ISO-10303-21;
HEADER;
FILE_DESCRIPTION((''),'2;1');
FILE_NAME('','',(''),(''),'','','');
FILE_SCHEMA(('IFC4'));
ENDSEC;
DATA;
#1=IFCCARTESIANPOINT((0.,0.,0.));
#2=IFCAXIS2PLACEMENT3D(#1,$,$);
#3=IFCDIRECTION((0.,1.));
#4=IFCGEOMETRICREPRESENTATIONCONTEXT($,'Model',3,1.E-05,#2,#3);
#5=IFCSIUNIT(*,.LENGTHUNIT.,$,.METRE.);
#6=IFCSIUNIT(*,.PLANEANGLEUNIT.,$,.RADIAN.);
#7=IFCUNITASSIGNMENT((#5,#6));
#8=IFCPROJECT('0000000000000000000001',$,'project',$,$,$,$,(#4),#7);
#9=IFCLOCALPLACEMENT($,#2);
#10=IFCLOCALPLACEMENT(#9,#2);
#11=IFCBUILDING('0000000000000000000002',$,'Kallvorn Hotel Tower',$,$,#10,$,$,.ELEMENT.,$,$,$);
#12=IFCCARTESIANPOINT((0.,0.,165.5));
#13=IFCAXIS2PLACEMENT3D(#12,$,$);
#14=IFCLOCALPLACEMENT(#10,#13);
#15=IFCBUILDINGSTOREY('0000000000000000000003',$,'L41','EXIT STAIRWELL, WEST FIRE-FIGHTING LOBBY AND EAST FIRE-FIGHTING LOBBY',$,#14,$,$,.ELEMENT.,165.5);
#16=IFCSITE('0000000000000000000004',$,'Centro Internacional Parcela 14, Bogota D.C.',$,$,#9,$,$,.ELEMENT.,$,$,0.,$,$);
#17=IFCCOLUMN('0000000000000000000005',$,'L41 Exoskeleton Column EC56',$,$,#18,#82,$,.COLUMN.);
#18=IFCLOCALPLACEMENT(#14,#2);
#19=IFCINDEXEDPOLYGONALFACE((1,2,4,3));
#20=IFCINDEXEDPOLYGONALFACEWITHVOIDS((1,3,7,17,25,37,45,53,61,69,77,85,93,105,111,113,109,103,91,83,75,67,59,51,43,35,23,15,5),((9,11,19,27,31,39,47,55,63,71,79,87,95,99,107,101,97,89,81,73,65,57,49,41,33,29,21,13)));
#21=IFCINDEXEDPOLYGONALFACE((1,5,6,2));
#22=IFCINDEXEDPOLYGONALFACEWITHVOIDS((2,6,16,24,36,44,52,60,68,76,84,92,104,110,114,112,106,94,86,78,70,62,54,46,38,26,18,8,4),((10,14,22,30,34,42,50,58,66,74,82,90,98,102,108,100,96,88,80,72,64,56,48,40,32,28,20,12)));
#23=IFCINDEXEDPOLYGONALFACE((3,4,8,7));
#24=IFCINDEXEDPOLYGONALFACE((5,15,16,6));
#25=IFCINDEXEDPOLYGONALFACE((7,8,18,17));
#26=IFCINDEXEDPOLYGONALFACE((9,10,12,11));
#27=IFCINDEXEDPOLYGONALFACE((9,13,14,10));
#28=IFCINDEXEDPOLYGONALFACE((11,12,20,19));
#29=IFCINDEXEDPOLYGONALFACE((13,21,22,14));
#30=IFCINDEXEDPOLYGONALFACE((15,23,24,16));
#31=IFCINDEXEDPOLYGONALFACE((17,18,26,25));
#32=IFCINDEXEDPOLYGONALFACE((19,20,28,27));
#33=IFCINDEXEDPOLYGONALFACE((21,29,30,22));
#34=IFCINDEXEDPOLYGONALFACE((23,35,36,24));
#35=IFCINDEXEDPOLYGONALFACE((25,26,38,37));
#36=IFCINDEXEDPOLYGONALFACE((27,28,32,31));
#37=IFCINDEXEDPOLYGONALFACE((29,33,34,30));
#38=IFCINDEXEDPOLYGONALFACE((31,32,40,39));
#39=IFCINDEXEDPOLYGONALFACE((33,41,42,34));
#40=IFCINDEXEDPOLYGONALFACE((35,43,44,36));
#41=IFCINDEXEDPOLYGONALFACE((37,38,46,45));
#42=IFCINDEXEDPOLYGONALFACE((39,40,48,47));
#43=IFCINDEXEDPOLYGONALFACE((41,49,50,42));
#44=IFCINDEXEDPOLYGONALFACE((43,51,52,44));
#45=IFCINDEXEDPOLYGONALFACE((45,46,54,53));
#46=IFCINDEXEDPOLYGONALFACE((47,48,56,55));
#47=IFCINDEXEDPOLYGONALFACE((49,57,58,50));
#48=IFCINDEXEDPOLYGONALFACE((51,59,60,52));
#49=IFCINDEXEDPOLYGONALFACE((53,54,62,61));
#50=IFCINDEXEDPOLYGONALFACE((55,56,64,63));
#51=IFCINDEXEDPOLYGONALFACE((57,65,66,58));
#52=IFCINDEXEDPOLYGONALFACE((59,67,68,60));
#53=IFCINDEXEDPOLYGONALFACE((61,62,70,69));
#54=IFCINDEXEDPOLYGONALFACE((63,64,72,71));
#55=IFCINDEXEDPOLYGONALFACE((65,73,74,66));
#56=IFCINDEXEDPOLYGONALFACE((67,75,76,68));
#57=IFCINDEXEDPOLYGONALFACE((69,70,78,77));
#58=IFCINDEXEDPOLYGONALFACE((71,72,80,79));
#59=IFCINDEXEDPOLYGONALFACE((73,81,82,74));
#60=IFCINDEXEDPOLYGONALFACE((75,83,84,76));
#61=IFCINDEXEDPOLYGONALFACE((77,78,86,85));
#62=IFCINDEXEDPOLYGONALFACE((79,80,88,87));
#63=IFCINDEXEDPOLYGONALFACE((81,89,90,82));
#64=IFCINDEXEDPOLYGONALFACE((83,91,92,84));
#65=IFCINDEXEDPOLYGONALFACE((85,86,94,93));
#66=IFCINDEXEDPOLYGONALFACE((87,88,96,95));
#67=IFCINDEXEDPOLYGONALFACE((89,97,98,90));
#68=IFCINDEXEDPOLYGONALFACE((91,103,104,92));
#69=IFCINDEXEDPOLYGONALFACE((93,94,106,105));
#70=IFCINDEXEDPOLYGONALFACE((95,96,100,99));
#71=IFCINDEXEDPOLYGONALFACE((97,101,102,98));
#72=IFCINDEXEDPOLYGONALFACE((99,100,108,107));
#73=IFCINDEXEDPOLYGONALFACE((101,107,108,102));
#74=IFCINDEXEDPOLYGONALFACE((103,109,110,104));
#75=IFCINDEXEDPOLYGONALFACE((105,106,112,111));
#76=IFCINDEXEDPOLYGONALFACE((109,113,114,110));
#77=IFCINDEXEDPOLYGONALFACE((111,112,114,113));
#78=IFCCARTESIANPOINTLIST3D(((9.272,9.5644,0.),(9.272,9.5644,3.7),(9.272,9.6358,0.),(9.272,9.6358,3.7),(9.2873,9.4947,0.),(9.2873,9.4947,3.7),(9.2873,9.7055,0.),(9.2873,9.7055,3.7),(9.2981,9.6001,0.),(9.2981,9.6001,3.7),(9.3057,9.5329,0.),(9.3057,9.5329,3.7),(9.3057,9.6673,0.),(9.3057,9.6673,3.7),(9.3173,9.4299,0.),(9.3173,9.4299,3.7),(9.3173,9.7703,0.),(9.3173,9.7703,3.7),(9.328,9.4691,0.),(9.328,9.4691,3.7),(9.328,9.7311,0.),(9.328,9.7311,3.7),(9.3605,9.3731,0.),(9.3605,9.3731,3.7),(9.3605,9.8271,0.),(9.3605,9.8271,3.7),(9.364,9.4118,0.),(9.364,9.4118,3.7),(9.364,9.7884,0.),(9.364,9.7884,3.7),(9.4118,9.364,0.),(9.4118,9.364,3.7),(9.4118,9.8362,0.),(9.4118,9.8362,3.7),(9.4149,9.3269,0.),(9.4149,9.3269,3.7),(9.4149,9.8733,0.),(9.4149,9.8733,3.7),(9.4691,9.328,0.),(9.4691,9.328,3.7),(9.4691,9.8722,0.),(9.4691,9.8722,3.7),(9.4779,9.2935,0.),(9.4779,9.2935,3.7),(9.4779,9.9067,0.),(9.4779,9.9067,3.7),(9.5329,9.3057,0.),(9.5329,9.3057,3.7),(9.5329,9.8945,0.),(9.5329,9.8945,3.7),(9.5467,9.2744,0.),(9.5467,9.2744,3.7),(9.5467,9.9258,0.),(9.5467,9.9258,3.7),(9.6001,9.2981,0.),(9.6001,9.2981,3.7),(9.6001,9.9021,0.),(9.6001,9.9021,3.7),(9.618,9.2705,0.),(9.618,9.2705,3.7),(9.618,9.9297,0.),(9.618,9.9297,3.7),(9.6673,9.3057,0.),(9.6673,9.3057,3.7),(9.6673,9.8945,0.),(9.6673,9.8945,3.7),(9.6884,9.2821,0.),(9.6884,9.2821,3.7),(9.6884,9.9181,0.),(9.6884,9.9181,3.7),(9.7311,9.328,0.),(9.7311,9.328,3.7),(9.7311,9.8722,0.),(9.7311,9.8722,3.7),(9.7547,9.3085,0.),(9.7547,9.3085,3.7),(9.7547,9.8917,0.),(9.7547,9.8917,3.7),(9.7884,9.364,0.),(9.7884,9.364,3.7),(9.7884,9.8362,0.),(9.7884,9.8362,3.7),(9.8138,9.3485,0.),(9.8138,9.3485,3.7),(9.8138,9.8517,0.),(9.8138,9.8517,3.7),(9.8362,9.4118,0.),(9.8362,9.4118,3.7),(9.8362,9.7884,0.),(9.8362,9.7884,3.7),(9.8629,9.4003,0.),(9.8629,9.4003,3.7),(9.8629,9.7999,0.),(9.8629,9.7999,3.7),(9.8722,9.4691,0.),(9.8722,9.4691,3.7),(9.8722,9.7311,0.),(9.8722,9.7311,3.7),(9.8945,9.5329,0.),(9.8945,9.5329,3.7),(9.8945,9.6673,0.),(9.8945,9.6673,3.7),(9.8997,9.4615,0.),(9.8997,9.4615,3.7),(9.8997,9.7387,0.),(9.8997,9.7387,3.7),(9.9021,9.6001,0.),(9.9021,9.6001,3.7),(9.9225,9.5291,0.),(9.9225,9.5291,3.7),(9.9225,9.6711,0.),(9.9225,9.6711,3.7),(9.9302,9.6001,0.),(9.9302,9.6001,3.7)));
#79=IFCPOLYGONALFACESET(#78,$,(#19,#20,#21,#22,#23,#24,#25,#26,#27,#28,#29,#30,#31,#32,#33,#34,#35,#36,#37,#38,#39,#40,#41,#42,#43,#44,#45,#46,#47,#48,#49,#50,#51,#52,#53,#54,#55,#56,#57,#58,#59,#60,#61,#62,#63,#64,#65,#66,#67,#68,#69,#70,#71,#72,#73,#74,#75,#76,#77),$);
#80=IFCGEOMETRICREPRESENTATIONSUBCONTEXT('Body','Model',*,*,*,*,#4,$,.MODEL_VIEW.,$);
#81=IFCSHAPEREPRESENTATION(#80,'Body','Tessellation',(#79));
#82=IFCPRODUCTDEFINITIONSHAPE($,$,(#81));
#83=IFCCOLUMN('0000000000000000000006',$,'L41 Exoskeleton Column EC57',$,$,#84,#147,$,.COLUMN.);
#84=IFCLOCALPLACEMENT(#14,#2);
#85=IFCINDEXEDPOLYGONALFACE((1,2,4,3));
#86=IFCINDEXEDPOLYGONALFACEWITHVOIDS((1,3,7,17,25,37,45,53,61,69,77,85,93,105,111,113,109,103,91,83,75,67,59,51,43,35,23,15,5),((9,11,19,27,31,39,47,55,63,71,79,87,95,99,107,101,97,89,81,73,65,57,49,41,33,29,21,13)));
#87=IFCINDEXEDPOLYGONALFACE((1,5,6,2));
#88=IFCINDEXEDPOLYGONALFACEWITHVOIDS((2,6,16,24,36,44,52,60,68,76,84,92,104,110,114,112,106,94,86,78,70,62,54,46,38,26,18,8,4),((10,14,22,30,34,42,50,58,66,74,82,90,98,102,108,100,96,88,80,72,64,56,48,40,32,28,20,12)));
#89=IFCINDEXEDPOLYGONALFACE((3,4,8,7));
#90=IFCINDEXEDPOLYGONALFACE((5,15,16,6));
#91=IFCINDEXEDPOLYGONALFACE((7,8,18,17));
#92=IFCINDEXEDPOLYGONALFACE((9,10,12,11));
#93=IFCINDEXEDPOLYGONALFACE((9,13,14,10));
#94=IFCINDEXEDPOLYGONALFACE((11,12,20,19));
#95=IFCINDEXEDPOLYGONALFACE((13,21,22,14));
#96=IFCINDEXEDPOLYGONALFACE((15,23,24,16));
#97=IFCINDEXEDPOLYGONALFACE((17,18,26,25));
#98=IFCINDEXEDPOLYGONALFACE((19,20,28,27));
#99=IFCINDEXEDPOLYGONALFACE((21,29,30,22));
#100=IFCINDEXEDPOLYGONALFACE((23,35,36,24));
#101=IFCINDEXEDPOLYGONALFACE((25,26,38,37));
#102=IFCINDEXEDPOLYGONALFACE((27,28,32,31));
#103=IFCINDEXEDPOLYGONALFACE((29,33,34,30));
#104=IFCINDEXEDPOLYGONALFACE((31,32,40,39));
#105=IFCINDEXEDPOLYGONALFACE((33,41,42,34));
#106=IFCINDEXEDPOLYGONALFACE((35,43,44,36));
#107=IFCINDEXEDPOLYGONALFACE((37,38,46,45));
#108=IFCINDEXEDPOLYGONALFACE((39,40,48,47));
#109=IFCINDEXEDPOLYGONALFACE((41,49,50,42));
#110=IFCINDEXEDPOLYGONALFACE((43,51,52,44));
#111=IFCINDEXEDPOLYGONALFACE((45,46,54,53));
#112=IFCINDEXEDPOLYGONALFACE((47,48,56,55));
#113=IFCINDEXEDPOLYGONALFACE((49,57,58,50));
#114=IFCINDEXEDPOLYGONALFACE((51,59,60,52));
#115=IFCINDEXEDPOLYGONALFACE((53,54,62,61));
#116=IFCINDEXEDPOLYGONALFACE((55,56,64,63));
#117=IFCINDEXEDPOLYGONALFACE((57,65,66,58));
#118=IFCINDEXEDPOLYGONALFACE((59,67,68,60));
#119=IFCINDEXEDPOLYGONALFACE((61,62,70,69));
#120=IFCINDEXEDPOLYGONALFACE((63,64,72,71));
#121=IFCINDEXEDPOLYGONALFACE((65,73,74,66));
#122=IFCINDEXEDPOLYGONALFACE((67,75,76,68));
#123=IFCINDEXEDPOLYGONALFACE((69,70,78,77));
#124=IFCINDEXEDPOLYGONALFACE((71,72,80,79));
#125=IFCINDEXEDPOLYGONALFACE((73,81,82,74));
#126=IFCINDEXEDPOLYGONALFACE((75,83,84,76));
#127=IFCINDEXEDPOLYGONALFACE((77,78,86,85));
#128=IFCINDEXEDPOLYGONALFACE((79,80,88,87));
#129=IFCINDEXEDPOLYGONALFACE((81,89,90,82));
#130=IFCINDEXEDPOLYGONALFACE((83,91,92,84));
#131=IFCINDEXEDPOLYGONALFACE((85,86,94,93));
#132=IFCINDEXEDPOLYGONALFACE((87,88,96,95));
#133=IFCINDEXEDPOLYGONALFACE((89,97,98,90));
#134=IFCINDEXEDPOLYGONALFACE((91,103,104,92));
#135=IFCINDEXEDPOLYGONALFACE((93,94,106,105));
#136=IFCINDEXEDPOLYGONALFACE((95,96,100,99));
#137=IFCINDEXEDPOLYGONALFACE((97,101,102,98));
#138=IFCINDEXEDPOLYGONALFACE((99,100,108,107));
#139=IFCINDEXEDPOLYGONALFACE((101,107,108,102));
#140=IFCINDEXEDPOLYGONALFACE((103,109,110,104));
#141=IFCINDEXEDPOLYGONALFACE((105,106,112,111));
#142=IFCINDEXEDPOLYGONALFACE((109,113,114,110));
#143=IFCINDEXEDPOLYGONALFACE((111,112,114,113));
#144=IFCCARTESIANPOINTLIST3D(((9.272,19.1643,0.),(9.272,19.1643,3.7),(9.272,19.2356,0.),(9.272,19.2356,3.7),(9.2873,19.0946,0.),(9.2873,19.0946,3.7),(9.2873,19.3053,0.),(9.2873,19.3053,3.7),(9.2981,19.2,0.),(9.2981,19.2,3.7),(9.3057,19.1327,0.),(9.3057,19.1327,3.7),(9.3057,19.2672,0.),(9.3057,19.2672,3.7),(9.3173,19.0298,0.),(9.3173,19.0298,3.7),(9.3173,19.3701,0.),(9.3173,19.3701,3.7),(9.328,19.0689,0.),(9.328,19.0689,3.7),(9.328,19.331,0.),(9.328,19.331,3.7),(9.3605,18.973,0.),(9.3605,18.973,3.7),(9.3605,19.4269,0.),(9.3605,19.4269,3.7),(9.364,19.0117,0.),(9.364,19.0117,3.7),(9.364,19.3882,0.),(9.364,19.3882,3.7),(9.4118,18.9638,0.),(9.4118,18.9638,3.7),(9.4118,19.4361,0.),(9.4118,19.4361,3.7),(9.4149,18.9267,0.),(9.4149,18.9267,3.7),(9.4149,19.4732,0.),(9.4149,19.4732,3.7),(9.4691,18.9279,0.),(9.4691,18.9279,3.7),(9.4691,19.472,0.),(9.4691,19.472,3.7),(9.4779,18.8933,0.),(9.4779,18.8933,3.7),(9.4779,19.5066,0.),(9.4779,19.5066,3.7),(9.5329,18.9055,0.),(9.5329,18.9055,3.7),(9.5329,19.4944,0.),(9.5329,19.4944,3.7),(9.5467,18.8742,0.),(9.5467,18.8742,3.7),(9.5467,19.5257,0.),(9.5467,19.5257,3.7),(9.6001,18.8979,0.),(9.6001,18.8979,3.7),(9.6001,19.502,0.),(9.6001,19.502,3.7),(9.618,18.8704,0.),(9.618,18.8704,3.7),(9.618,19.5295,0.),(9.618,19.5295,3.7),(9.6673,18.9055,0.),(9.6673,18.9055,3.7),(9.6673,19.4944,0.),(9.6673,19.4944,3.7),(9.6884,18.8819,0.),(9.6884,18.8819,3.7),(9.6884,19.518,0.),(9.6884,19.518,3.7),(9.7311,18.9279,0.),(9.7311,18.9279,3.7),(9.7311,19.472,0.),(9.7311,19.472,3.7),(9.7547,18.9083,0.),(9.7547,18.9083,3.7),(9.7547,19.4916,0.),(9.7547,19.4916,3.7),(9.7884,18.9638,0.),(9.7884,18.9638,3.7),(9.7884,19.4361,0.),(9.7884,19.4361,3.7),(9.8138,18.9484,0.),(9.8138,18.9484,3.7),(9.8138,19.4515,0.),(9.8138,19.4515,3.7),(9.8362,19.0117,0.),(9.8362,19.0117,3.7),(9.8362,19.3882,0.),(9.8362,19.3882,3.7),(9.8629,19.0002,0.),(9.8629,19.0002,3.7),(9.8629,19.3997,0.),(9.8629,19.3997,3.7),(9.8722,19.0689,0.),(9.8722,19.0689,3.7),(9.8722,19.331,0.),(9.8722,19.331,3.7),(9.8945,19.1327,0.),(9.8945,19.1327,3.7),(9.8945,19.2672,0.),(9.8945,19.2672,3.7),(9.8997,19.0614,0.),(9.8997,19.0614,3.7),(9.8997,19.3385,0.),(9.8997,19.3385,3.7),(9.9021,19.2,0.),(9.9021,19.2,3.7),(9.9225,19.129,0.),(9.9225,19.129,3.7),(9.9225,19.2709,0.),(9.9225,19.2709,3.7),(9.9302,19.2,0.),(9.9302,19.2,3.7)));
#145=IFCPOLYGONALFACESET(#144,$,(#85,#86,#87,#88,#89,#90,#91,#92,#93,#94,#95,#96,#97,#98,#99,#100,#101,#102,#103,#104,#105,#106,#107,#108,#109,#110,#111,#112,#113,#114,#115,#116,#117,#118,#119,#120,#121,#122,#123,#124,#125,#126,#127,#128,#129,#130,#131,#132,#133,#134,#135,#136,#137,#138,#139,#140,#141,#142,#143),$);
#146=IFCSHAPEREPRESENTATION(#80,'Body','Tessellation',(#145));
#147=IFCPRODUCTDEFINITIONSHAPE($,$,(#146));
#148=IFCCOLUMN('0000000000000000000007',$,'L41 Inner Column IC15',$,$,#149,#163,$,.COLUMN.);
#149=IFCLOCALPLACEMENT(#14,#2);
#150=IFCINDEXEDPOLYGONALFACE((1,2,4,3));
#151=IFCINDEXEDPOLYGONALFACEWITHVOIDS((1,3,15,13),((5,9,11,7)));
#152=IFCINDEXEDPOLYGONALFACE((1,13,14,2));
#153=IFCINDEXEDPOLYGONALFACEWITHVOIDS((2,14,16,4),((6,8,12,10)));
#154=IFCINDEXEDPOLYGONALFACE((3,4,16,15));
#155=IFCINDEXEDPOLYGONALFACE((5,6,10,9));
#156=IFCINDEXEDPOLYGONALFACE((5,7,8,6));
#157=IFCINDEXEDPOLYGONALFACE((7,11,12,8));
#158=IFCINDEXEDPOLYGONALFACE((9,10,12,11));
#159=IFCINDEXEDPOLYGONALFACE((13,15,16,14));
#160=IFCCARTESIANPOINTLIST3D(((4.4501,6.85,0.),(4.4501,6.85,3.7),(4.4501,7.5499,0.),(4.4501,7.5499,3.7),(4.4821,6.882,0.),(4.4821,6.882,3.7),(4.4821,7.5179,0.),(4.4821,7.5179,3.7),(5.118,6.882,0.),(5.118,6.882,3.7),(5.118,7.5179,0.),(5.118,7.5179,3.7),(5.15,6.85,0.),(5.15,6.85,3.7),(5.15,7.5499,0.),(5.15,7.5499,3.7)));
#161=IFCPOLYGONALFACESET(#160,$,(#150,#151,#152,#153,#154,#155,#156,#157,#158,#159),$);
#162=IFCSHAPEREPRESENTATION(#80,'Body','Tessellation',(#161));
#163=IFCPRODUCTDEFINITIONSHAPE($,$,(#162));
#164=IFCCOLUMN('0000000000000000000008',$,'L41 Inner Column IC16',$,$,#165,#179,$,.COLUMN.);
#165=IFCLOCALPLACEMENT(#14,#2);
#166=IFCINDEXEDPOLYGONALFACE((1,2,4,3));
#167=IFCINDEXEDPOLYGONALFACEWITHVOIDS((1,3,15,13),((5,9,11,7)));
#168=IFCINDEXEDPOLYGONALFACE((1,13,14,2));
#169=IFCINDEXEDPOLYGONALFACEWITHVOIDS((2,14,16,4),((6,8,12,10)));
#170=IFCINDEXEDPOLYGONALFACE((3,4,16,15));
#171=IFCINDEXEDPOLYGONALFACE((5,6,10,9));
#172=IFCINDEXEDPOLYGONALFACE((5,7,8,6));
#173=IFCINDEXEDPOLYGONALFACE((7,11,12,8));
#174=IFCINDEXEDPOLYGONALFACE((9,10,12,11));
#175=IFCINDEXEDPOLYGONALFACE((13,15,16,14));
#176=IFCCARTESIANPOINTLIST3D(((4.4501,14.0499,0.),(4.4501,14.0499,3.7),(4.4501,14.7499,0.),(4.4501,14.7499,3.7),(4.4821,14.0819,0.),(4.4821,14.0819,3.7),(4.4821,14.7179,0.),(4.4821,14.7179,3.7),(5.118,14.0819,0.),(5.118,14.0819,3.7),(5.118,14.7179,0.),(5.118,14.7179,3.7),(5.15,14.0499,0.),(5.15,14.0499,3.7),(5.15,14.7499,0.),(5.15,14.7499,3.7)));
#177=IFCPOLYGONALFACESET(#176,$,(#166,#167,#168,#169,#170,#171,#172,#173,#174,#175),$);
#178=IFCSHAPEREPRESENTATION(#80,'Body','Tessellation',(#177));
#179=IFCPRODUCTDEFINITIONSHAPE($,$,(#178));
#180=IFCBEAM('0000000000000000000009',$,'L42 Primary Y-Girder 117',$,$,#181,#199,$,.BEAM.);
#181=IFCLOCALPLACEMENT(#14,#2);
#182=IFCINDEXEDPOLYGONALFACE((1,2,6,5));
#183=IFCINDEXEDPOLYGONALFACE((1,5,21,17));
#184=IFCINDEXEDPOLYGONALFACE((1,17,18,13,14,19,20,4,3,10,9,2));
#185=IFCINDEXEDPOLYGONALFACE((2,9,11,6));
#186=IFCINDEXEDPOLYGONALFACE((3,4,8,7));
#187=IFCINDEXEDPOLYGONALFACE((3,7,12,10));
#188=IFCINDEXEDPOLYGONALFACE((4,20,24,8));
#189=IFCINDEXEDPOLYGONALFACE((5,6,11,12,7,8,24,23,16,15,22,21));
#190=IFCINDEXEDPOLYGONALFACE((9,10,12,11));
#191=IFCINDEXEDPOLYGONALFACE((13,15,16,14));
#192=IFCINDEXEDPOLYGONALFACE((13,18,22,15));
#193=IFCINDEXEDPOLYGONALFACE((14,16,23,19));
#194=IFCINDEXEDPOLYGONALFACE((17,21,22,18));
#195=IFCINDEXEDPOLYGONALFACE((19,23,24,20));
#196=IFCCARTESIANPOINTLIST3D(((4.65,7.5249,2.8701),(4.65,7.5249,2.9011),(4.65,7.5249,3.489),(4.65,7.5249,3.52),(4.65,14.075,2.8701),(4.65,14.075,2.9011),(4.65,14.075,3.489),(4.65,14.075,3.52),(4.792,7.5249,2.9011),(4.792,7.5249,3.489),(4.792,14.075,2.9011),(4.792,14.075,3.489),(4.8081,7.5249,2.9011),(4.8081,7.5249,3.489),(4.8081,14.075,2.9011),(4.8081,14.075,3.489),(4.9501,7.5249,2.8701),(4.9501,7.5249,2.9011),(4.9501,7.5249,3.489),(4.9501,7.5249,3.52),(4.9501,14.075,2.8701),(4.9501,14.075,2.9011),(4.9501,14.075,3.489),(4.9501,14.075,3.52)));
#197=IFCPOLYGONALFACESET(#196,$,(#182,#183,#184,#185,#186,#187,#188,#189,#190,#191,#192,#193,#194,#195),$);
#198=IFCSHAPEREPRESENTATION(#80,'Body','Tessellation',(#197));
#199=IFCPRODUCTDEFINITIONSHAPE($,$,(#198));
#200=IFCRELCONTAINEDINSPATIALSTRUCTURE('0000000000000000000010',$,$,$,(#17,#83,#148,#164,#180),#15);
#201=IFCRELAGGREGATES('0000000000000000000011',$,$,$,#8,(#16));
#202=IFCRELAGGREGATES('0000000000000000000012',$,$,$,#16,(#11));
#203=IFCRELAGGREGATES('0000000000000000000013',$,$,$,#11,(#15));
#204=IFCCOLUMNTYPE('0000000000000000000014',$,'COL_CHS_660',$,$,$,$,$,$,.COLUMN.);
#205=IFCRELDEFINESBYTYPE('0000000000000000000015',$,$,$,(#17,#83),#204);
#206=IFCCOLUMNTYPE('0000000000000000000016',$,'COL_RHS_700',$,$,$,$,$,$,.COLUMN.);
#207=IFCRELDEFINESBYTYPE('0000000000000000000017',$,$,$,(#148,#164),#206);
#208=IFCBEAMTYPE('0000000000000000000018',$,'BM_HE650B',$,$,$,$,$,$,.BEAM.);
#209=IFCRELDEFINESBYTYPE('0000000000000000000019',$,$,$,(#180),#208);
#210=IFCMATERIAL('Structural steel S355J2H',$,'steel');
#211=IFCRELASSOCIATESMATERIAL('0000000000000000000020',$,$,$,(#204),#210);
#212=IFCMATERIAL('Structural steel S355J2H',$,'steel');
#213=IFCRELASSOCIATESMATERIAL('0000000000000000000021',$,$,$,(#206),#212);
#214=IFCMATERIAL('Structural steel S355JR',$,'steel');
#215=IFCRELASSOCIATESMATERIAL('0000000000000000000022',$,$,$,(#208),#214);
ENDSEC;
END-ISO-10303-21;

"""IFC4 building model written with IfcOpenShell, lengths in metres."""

from ifc_helpers import new_model, si_unit, direction, frame, origin, origin_2d, place, context, subcontext, project, spatial, hollow_rectangle, hollow_circle, i_section, extrude, material, material_profile, profile_set, type_object, element, save


model = new_model("IFC4")

# Units and contexts
model_context = context("Model", 3, precision=1e-05, world=origin(), true_north=direction((0.0, 1.0)))
body_context = subcontext(model_context, "Body", "Model", "MODEL_VIEW")
ifc_project = project(units=[si_unit("LENGTHUNIT", "METRE"), si_unit("PLANEANGLEUNIT", "RADIAN")], contexts=[model_context])

# Site, building, storey
site_placement = place(None, origin())
site = spatial("IfcSite", under=ifc_project, at=site_placement, Name="Centro Internacional Parcela 14, Bogota D.C.", CompositionType="ELEMENT", RefElevation=0.0)
building_placement = place(site_placement, origin())
building = spatial("IfcBuilding", under=site, at=building_placement, Name="Kallvorn Hotel Tower", CompositionType="ELEMENT")
storey_placement = place(building_placement, frame((0.0, 0.0, 165.5)))
storey = spatial("IfcBuildingStorey", under=building, at=storey_placement, Name="L41", Description="EXIT STAIRWELL, WEST FIRE-FIGHTING LOBBY AND EAST FIRE-FIGHTING LOBBY", CompositionType="ELEMENT", Elevation=165.5)

# Columns
ifc_material_1 = material(Name="Structural steel S355J2H", Category="steel")
ifc_material_profile_1 = material_profile(ifc_material_1, hollow_circle(Radius=0.3301, WallThickness=0.0281, at=origin_2d()), Name="CHS 660x28")
ifc_profile_set_1 = profile_set([ifc_material_profile_1], Name="Structural steel S355J2H")
column_type_1 = type_object("IfcColumnType", Name="COL_CHS_660", PredefinedType="COLUMN", material=ifc_profile_set_1)
for number, where, z_axis, x_axis, name in (
    (1, (9.6001, 9.6001, 0.0), (0.0, 0.0, 1.0), (1.0, 0.0, 0.0), "L41 Exoskeleton Column EC56"),
    (2, (9.6001, 19.2, 0.0), (0.0, 0.0, 1.0), (1.0, 0.0, 0.0), "L41 Exoskeleton Column EC57"),
):
    element("IfcColumn", number, at=place(storey_placement, frame(where, z_axis=z_axis, x_axis=x_axis)), inside=storey, type_object=column_type_1, Name=name, PredefinedType="COLUMN", context=body_context, shape_type="SweptSolid", body=[
        extrude(hollow_circle(Radius=0.3301, WallThickness=0.0281, at=origin_2d()), origin(), (0.0, 0.0, 1.0), 3.7),
    ])
ifc_material_2 = material(Name="Structural steel S355J2H", Category="steel")
ifc_material_profile_2 = material_profile(ifc_material_2, hollow_rectangle(XDim=0.7, YDim=0.7, WallThickness=0.032, at=origin_2d()), Name="RHS 700x700x32")
ifc_profile_set_2 = profile_set([ifc_material_profile_2], Name="Structural steel S355J2H")
column_type_2 = type_object("IfcColumnType", Name="COL_RHS_700", PredefinedType="COLUMN", material=ifc_profile_set_2)
for number, where, z_axis, x_axis, name in (
    (3, (4.8, 7.2, 0.0), (0.0, 0.0, 1.0), (1.0, 0.0, 0.0), "L41 Inner Column IC15"),
    (4, (4.8, 14.3999, 0.0), (0.0, 0.0, 1.0), (1.0, 0.0, 0.0), "L41 Inner Column IC16"),
):
    element("IfcColumn", number, at=place(storey_placement, frame(where, z_axis=z_axis, x_axis=x_axis)), inside=storey, type_object=column_type_2, Name=name, PredefinedType="COLUMN", context=body_context, shape_type="SweptSolid", body=[
        extrude(hollow_rectangle(XDim=0.7, YDim=0.7, WallThickness=0.032, at=origin_2d()), origin(), (0.0, 0.0, 1.0), 3.7),
    ])

# Beam
ifc_material_3 = material(Name="Structural steel S355JR", Category="steel")
ifc_material_profile_3 = material_profile(ifc_material_3, i_section(OverallWidth=0.3, OverallDepth=0.6499, WebThickness=0.0161, FlangeThickness=0.031, at=origin_2d()), Name="HE 650 B")
ifc_profile_set_3 = profile_set([ifc_material_profile_3], Name="Structural steel S355JR")
beam_type_1 = type_object("IfcBeamType", Name="BM_HE650B", PredefinedType="BEAM", material=ifc_profile_set_3)
beam_1_placement = place(storey_placement, frame((4.8, 7.5249, 3.1951), z_axis=(0.0, 1.0, 0.0), x_axis=(-1.0, 0.0, 0.0)))
element("IfcBeam", 5, at=beam_1_placement, inside=storey, type_object=beam_type_1, Name="L42 Primary Y-Girder 117", PredefinedType="BEAM", context=body_context, shape_type="SweptSolid", body=[
    extrude(i_section(OverallWidth=0.3, OverallDepth=0.6499, WebThickness=0.0161, FlangeThickness=0.031, at=origin_2d()), origin(), (0.0, 0.0, 1.0), 6.55),
])

save(model, "model.ifc")
